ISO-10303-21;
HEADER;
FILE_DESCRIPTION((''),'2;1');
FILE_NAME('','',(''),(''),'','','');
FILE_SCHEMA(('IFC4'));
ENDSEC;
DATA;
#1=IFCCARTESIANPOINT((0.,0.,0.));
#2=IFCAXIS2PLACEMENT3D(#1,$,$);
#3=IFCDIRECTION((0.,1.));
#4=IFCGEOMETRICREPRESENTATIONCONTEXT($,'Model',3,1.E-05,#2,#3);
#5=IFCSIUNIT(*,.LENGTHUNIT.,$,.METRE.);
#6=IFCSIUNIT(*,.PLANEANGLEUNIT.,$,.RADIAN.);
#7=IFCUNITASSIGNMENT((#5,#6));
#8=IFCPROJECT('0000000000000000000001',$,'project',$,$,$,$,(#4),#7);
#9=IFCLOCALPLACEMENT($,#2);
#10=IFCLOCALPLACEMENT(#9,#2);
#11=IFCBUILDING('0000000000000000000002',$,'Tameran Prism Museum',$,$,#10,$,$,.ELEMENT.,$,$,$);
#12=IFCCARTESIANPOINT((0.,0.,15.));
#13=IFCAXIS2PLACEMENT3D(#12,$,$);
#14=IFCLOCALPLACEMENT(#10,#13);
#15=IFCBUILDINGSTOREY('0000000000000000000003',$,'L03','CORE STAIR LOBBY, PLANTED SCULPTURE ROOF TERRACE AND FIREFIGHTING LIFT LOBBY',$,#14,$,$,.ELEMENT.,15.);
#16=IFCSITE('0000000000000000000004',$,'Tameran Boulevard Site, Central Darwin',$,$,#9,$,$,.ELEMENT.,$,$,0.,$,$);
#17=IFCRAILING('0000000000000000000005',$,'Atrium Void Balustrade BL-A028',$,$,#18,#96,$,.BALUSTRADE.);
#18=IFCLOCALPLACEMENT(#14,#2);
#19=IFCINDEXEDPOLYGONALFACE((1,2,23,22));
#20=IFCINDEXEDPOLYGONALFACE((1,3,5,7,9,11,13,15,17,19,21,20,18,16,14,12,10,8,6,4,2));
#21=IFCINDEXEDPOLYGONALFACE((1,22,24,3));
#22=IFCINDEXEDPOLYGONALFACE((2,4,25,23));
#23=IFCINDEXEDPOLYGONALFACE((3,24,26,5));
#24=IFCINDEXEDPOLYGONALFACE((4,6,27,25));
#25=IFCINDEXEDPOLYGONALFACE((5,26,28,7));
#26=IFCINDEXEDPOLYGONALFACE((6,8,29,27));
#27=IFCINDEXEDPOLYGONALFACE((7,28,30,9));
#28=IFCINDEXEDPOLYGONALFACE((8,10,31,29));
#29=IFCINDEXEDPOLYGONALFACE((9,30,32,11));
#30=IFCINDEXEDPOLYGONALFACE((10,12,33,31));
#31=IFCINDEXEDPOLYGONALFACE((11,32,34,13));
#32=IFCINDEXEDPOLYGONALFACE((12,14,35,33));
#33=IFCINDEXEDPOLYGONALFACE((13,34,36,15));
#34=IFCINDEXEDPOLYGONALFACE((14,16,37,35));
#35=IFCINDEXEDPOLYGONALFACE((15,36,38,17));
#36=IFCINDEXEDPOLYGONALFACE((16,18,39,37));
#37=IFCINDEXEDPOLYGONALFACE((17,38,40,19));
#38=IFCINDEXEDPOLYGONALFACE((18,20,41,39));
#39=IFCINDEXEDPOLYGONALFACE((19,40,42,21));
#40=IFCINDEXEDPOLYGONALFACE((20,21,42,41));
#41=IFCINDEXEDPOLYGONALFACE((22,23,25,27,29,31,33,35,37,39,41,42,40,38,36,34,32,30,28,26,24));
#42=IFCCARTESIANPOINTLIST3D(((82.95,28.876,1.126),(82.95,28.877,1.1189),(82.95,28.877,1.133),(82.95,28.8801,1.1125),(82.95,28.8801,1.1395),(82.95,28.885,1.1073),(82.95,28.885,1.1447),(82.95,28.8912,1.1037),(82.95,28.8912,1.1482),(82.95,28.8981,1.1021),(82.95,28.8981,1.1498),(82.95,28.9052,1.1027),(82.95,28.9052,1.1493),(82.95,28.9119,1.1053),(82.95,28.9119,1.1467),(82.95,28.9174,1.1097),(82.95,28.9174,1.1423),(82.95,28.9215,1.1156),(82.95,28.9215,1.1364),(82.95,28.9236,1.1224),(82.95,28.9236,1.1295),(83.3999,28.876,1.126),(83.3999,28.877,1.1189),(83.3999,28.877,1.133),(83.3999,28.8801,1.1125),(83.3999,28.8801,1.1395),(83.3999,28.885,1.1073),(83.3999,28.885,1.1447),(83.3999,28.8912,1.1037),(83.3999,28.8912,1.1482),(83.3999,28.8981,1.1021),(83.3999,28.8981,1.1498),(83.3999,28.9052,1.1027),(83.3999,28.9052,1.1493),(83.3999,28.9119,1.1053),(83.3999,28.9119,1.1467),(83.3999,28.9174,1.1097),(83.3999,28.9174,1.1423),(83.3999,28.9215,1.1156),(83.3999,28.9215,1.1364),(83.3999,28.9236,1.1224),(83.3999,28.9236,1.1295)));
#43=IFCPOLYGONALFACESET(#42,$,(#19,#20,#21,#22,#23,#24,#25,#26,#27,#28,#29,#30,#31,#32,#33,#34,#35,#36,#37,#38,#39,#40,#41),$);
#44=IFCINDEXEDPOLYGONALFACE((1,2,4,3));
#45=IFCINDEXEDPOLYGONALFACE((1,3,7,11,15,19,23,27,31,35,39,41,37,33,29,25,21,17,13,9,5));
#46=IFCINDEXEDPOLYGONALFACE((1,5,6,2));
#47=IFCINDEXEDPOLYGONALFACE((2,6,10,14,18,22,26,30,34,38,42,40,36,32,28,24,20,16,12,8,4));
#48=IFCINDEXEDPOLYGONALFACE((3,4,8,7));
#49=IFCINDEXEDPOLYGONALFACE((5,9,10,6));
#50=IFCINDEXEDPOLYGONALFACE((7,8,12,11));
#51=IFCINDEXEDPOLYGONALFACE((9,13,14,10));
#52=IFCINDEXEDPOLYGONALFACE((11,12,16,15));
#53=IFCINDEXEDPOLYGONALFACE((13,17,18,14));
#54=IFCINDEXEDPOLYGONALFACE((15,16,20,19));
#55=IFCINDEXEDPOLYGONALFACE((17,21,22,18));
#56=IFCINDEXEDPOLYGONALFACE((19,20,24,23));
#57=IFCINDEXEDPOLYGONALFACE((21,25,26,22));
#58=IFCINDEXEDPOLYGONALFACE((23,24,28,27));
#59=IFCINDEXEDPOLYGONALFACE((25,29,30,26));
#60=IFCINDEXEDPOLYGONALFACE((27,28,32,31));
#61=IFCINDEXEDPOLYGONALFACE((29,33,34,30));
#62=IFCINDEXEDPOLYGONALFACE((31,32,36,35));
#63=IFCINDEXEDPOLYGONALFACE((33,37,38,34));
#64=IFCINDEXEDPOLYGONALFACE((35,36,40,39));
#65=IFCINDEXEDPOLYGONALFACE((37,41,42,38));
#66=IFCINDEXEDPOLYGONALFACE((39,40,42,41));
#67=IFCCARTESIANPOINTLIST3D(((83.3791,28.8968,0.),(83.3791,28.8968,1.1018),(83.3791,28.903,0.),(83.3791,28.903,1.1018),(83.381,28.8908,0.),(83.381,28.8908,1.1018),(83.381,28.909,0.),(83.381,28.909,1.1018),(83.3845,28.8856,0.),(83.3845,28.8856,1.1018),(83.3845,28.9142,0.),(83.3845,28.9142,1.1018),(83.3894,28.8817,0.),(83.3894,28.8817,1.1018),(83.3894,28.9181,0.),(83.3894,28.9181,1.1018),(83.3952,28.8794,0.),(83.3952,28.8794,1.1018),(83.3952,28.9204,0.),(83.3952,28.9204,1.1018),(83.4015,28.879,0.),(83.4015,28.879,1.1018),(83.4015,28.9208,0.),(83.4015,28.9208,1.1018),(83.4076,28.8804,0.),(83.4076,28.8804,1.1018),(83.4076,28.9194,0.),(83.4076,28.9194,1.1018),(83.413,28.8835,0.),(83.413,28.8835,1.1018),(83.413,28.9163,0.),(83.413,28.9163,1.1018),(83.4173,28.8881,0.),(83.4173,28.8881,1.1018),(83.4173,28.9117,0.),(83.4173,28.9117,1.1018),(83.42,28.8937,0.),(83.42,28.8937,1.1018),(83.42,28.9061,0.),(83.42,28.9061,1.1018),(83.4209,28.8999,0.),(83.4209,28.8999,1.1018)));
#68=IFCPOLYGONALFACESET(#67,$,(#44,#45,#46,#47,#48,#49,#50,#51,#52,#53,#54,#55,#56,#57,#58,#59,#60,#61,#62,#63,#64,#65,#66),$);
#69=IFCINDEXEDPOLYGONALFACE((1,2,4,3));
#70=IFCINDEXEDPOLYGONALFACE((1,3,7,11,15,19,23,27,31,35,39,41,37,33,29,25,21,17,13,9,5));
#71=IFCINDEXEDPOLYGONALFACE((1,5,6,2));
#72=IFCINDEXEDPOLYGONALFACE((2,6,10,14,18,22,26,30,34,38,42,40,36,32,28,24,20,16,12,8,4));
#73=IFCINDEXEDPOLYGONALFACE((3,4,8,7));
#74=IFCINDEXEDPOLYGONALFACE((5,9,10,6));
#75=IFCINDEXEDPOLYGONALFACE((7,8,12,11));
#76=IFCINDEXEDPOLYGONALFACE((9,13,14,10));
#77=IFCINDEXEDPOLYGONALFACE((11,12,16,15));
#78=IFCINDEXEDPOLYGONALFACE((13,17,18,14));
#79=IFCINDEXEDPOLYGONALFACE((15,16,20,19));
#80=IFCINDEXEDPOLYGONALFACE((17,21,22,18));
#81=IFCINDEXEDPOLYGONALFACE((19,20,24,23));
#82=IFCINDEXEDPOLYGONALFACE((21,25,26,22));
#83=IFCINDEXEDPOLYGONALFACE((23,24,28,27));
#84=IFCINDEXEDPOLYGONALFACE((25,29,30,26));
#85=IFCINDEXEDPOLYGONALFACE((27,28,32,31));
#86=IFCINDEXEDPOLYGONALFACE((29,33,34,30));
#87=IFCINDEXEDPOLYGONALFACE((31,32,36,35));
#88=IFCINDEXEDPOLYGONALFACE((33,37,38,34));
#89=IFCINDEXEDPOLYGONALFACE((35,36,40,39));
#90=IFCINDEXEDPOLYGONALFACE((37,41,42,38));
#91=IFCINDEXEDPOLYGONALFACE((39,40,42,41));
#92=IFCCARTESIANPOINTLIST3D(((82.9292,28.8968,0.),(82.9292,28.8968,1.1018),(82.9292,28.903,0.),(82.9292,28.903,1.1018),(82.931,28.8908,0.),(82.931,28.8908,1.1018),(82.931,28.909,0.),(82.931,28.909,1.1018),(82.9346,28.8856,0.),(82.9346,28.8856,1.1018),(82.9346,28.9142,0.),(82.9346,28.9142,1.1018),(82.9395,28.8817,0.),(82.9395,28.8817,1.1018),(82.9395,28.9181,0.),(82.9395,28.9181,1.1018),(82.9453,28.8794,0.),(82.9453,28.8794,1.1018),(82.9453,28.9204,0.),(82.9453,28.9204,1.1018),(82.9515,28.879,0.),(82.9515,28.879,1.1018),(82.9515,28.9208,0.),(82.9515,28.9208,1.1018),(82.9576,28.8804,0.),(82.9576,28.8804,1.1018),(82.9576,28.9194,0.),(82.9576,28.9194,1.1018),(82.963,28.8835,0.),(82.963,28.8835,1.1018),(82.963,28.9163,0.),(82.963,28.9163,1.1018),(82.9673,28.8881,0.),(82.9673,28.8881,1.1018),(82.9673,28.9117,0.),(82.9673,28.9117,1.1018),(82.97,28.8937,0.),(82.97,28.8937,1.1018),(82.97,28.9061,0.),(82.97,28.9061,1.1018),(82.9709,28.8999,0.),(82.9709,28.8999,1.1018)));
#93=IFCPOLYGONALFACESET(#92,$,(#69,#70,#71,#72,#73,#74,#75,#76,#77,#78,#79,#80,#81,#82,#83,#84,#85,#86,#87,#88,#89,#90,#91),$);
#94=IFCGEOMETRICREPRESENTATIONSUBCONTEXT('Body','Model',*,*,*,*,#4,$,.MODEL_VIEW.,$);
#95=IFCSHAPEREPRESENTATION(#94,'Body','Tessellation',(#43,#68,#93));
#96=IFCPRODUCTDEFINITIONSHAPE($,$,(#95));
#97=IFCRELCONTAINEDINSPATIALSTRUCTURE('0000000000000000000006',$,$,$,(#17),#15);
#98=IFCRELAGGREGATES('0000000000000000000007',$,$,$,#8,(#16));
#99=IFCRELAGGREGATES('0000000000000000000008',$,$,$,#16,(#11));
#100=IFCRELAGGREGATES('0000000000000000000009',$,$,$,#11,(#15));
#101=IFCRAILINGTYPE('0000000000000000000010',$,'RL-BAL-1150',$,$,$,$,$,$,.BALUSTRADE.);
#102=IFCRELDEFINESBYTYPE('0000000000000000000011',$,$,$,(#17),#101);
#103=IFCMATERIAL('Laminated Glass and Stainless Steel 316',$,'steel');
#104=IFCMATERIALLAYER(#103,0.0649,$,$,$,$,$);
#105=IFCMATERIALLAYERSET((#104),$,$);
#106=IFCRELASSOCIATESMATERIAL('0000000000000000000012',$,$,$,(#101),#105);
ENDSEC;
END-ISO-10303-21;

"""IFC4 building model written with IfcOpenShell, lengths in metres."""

from ifc_helpers import new_model, si_unit, direction, frame, origin, origin_2d, place, context, subcontext, project, spatial, circle, extrude, material, layer, layer_set, type_object, element, save


model = new_model("IFC4")

# Units and contexts
model_context = context("Model", 3, precision=1e-05, world=origin(), true_north=direction((0.0, 1.0)))
body_context = subcontext(model_context, "Body", "Model", "MODEL_VIEW")
ifc_project = project(units=[si_unit("LENGTHUNIT", "METRE"), si_unit("PLANEANGLEUNIT", "RADIAN")], contexts=[model_context])

# Site, building, storey
site_placement = place(None, origin())
site = spatial("IfcSite", under=ifc_project, at=site_placement, Name="Tameran Boulevard Site, Central Darwin", CompositionType="ELEMENT", RefElevation=0.0)
building_placement = place(site_placement, origin())
building = spatial("IfcBuilding", under=site, at=building_placement, Name="Tameran Prism Museum", CompositionType="ELEMENT")
storey_placement = place(building_placement, frame((0.0, 0.0, 15.0)))
storey = spatial("IfcBuildingStorey", under=building, at=storey_placement, Name="L03", Description="CORE STAIR LOBBY, PLANTED SCULPTURE ROOF TERRACE AND FIREFIGHTING LIFT LOBBY", CompositionType="ELEMENT", Elevation=15.0)

# Railing
ifc_material_1 = material(Name="Laminated Glass and Stainless Steel 316", Category="steel")
ifc_layer_1 = layer(ifc_material_1, 0.0649)
ifc_layer_set_1 = layer_set([ifc_layer_1])
railing_type = type_object("IfcRailingType", Name="RL-BAL-1150", PredefinedType="BALUSTRADE", material=ifc_layer_set_1)
railing_1_placement = place(storey_placement, frame((83.3999, 28.8999, 0.0)))
element("IfcRailing", 1, at=railing_1_placement, inside=storey, type_object=railing_type, Name="Atrium Void Balustrade BL-A028", PredefinedType="BALUSTRADE", context=body_context, shape_type="SweptSolid", body=[
    extrude(circle(Radius=0.0239, at=origin_2d()), frame((0.0, 0.0, 1.126), z_axis=(-1.0, 0.0, 0.0), x_axis=(0.0, -1.0, 0.0)), (0.0, 0.0, 1.0), 0.45),
    extrude(circle(Radius=0.021, at=origin_2d()), origin(), (0.0, 0.0, 1.0), 1.1018),
    extrude(circle(Radius=0.021, at=origin_2d()), frame((-0.45, 0.0, 0.0)), (0.0, 0.0, 1.0), 1.1018),
])

save(model, "model.ifc")
